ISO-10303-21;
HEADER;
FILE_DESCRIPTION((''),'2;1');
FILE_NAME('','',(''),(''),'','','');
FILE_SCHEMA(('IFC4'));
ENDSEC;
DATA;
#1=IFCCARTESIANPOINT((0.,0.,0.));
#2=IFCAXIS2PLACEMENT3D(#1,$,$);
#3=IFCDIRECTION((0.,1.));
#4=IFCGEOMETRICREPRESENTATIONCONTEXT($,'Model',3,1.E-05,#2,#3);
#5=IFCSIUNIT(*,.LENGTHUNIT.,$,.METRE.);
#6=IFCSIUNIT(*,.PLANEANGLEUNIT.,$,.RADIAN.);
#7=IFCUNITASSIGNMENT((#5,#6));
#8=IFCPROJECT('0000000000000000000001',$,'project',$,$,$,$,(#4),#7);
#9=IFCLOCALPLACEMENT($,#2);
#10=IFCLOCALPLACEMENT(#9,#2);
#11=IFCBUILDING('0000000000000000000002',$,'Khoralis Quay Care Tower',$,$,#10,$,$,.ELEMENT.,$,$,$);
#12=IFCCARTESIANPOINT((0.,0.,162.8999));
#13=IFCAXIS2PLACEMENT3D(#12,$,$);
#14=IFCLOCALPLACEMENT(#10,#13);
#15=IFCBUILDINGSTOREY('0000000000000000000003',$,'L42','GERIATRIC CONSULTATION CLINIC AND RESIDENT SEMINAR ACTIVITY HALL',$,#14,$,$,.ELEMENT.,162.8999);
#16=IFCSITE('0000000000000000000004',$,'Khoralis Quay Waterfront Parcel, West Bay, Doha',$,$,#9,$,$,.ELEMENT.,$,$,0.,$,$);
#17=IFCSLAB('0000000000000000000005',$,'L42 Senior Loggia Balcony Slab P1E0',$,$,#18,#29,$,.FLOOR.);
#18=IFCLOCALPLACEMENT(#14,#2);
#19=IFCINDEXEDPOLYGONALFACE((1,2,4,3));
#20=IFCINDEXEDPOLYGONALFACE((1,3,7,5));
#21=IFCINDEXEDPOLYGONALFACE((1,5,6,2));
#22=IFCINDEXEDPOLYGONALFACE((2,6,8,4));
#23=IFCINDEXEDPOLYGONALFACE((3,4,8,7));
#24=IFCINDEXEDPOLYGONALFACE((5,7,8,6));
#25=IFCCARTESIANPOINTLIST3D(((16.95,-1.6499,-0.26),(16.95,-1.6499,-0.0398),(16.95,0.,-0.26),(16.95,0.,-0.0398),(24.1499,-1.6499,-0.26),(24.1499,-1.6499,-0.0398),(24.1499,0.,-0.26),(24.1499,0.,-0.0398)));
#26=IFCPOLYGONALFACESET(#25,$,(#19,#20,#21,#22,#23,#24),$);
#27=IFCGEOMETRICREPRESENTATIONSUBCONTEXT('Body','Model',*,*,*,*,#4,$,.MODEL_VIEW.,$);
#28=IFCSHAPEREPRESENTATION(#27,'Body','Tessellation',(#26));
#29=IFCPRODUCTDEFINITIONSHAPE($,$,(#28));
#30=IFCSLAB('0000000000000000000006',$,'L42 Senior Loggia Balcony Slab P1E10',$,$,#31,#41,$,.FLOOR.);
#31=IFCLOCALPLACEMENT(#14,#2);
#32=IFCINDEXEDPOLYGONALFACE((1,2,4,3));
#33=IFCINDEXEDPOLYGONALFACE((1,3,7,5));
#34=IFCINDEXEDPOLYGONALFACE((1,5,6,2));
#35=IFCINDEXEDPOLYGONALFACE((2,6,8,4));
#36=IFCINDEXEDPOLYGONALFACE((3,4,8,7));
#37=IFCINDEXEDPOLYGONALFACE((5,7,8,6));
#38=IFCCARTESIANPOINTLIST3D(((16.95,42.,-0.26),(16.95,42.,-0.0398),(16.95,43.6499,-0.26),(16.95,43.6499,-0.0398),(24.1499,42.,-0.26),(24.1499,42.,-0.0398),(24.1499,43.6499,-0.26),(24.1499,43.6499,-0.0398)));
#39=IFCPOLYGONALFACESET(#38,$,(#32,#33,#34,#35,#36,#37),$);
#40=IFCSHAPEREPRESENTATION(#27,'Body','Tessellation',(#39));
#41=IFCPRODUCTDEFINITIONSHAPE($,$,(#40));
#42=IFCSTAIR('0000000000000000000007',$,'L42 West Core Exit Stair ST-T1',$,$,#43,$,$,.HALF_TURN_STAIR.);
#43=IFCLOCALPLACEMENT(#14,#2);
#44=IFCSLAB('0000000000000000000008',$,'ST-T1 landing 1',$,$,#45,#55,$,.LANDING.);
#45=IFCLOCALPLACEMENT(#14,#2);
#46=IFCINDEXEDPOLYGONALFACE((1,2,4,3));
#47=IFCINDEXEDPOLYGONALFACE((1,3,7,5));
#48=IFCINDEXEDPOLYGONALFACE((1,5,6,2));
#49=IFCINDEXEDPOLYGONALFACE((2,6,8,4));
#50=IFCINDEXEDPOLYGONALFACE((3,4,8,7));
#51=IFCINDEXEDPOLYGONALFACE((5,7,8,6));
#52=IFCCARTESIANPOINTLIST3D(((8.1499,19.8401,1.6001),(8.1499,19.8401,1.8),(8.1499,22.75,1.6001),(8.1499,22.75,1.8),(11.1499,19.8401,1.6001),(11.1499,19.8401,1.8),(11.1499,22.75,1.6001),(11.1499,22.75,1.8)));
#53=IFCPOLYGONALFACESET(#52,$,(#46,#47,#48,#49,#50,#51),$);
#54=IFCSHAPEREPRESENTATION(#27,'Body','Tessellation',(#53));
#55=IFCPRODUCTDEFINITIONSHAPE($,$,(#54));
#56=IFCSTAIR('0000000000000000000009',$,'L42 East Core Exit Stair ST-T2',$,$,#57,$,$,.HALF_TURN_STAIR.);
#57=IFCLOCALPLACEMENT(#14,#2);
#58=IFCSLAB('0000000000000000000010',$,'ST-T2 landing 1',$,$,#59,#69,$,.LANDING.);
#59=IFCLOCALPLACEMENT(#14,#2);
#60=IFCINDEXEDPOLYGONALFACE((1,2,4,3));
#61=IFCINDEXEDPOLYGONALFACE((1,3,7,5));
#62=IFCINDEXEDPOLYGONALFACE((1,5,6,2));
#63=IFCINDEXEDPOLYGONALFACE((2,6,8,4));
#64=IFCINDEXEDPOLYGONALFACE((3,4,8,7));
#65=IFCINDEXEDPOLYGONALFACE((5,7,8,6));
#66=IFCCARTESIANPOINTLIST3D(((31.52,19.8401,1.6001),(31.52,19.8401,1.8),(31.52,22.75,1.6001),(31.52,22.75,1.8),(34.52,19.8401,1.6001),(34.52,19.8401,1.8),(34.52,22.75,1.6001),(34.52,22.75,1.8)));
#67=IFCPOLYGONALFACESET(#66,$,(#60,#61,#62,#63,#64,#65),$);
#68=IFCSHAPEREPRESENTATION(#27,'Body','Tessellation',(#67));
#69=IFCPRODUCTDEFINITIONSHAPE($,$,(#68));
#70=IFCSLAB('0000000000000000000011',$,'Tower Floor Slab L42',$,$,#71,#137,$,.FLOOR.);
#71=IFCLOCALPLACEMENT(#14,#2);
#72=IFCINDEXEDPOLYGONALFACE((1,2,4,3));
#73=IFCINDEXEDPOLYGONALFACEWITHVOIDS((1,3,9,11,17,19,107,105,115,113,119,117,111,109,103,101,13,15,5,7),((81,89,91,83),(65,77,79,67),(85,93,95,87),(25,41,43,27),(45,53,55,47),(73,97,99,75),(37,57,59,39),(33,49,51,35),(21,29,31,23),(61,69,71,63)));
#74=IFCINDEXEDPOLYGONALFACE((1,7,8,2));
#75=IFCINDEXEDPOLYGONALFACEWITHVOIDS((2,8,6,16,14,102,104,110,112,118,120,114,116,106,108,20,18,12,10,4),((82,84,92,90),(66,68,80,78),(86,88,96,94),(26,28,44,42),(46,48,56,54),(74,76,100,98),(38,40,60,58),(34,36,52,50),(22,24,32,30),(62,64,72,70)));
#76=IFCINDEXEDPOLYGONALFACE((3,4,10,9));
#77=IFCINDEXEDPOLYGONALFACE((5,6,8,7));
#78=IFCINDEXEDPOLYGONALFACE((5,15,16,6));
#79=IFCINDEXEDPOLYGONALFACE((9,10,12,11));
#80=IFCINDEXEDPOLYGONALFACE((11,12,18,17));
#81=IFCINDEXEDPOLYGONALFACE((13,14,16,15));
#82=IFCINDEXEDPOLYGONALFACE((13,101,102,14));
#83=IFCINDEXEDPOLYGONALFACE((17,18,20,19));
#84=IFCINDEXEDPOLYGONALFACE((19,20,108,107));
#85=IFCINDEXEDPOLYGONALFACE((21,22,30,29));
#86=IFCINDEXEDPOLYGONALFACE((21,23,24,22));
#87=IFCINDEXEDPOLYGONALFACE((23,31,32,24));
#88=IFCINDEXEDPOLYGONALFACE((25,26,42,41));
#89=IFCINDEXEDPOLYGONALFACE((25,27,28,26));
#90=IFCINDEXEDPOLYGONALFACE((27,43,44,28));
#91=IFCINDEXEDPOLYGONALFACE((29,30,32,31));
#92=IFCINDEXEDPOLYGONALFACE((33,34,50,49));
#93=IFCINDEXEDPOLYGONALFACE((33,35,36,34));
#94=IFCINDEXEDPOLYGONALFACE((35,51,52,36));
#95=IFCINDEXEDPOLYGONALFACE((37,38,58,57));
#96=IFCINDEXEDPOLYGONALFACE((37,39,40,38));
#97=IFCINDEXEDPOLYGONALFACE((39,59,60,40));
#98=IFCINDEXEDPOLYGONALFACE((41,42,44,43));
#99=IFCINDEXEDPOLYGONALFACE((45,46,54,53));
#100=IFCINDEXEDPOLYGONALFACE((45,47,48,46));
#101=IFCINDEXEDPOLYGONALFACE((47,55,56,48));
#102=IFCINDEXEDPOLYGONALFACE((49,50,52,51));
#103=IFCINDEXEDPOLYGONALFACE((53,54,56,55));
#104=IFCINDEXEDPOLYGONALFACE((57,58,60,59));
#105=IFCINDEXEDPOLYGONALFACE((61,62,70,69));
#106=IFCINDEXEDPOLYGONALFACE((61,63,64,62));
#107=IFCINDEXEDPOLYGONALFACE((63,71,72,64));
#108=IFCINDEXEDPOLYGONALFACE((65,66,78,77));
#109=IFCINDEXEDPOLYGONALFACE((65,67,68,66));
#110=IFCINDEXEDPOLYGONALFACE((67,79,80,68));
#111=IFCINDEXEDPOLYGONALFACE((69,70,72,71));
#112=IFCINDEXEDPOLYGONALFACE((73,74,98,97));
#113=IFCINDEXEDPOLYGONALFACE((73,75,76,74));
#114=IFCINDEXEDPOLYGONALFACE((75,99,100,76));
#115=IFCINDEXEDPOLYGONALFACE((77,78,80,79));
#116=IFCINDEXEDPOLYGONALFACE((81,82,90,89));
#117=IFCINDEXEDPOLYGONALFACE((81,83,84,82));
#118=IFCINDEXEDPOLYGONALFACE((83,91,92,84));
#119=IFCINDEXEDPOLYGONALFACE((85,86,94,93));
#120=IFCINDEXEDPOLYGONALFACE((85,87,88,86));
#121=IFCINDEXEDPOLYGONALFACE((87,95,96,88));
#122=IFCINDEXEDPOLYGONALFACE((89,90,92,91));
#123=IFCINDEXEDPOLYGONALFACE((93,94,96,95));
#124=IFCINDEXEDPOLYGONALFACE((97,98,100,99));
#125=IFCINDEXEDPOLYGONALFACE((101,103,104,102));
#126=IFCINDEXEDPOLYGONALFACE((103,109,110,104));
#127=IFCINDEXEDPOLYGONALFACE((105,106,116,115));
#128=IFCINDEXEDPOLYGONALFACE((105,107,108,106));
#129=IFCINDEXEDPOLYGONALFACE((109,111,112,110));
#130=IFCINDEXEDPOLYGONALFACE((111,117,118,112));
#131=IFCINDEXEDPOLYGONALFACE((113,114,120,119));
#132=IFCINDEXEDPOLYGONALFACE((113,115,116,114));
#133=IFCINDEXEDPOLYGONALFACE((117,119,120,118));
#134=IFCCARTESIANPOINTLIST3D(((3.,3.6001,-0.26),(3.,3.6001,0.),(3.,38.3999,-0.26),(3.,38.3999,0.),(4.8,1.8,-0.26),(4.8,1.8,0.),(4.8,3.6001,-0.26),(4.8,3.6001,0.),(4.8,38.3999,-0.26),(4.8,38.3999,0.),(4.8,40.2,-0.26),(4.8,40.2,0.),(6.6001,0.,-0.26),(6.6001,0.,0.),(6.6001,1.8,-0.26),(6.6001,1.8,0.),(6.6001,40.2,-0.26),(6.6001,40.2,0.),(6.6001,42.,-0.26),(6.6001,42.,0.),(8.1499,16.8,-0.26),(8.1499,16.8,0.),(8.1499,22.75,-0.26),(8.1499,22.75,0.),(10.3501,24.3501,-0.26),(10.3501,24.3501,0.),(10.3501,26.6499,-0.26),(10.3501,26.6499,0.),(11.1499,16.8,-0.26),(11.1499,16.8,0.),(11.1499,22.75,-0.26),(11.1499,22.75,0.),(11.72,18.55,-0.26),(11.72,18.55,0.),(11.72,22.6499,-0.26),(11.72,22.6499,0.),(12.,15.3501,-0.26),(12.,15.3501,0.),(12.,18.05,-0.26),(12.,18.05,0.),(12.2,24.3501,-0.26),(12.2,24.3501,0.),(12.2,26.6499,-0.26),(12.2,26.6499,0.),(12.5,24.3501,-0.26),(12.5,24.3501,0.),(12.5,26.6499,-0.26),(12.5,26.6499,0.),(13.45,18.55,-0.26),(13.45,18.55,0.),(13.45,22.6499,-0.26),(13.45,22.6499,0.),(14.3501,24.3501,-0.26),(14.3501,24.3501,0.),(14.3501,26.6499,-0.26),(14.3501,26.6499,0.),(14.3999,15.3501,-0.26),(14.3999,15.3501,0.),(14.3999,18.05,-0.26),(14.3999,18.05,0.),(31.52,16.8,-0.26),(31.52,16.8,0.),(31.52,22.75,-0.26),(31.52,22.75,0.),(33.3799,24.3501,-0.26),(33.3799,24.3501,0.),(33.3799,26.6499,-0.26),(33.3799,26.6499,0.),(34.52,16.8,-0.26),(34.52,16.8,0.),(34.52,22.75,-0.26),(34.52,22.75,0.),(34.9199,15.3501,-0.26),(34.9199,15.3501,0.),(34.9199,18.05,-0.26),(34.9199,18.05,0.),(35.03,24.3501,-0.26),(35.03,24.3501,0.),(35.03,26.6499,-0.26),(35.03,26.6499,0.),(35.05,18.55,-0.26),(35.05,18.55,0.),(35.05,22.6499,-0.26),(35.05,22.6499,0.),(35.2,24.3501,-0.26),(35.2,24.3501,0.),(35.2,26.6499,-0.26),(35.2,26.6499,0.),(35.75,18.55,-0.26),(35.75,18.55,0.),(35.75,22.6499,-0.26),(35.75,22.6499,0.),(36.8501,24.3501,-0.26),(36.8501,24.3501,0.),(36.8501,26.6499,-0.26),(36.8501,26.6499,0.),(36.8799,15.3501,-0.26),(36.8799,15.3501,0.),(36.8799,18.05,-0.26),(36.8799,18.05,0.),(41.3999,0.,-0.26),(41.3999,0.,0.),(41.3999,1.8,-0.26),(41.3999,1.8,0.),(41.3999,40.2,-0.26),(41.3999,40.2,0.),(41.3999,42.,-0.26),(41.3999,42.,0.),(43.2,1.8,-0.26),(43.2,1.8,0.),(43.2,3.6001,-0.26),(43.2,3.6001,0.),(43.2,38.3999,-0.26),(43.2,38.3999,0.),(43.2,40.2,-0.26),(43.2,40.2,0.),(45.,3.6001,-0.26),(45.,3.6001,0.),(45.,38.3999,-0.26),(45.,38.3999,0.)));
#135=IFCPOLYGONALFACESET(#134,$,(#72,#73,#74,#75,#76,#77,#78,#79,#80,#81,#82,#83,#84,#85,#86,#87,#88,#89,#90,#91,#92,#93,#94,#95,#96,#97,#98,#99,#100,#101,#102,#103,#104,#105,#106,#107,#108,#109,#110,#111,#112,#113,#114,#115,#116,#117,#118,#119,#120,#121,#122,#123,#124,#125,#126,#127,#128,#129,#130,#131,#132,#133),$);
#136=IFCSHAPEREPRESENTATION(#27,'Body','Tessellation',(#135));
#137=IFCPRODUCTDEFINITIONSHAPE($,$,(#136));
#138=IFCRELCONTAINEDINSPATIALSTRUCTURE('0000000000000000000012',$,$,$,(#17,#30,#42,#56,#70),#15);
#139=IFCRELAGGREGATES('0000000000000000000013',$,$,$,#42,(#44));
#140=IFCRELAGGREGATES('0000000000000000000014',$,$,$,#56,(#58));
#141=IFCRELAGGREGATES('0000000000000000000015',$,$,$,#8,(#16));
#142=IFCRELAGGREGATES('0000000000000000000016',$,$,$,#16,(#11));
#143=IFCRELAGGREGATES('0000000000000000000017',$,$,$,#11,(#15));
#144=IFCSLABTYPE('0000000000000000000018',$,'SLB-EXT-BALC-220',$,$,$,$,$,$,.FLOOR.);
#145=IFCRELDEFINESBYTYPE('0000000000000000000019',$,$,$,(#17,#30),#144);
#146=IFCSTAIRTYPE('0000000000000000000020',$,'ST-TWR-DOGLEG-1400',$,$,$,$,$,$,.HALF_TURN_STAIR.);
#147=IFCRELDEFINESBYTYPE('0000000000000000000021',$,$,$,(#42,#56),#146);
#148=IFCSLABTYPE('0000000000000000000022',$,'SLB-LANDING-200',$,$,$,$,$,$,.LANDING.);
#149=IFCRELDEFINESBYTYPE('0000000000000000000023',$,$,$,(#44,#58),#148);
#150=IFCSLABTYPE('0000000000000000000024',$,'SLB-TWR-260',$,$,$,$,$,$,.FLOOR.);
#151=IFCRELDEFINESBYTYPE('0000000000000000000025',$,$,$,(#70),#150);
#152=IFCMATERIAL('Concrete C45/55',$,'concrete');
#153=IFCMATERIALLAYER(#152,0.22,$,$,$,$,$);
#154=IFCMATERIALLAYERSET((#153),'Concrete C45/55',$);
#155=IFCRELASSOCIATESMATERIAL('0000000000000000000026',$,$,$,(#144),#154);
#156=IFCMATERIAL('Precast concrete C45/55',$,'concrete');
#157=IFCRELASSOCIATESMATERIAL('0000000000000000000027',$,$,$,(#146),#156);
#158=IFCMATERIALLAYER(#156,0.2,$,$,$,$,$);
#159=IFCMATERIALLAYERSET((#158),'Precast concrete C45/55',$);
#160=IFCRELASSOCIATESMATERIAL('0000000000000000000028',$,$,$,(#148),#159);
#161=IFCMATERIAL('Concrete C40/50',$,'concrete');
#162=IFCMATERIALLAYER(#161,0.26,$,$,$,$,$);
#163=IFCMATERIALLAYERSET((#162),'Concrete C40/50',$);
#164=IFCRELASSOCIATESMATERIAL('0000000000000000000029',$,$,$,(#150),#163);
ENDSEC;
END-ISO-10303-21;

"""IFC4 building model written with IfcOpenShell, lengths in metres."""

from ifc_helpers import new_model, si_unit, direction, frame, origin, place, context, subcontext, project, spatial, polyline, outline, extrude, material, layer, layer_set, type_object, element, aggregate, save


model = new_model("IFC4")

# Units and contexts
model_context = context("Model", 3, precision=1e-05, world=origin(), true_north=direction((0.0, 1.0)))
body_context = subcontext(model_context, "Body", "Model", "MODEL_VIEW")
ifc_project = project(units=[si_unit("LENGTHUNIT", "METRE"), si_unit("PLANEANGLEUNIT", "RADIAN")], contexts=[model_context])

# Site, building, storey
site_placement = place(None, origin())
site = spatial("IfcSite", under=ifc_project, at=site_placement, Name="Khoralis Quay Waterfront Parcel, West Bay, Doha", CompositionType="ELEMENT", RefElevation=0.0)
building_placement = place(site_placement, origin())
building = spatial("IfcBuilding", under=site, at=building_placement, Name="Khoralis Quay Care Tower", CompositionType="ELEMENT")
storey_placement = place(building_placement, frame((0.0, 0.0, 162.8999)))
storey = spatial("IfcBuildingStorey", under=building, at=storey_placement, Name="L42", Description="GERIATRIC CONSULTATION CLINIC AND RESIDENT SEMINAR ACTIVITY HALL", CompositionType="ELEMENT", Elevation=162.8999)

# Slabs
ifc_material_1 = material(Name="Concrete C45/55", Category="concrete")
ifc_layer_1 = layer(ifc_material_1, 0.22)
ifc_layer_set_1 = layer_set([ifc_layer_1], Name="Concrete C45/55")
slab_type_1 = type_object("IfcSlabType", Name="SLB-EXT-BALC-220", PredefinedType="FLOOR", material=ifc_layer_set_1)
slab_1_placement = place(storey_placement, frame((0.0, 0.0, -0.26)))
element("IfcSlab", 1, at=slab_1_placement, inside=storey, type_object=slab_type_1, Name="L42 Senior Loggia Balcony Slab P1E0", PredefinedType="FLOOR", context=body_context, shape_type="SweptSolid", body=[
    extrude(outline(polyline([(16.95, -1.6499), (24.1499, -1.6499), (24.1499, 0.0), (16.95, 0.0), (16.95, -1.6499)])), origin(), (0.0, 0.0, 1.0), 0.2202),
])
slab_2_placement = place(storey_placement, frame((0.0, 0.0, -0.26)))
element("IfcSlab", 2, at=slab_2_placement, inside=storey, type_object=slab_type_1, Name="L42 Senior Loggia Balcony Slab P1E10", PredefinedType="FLOOR", context=body_context, shape_type="SweptSolid", body=[
    extrude(outline(polyline([(16.95, 42.0), (24.1499, 42.0), (24.1499, 43.6499), (16.95, 43.6499), (16.95, 42.0)])), origin(), (0.0, 0.0, 1.0), 0.2202),
])

# Stairs, slabs
ifc_material_2 = material(Name="Precast concrete C45/55", Category="concrete")
stair_type = type_object("IfcStairType", Name="ST-TWR-DOGLEG-1400", PredefinedType="HALF_TURN_STAIR", material=ifc_material_2)
stair_1_placement = place(storey_placement, origin())
stair_1 = element("IfcStair", 3, at=stair_1_placement, inside=storey, type_object=stair_type, Name="L42 West Core Exit Stair ST-T1", PredefinedType="HALF_TURN_STAIR")
ifc_layer_2 = layer(ifc_material_2, 0.2)
ifc_layer_set_2 = layer_set([ifc_layer_2], Name="Precast concrete C45/55")
slab_type_2 = type_object("IfcSlabType", Name="SLB-LANDING-200", PredefinedType="LANDING", material=ifc_layer_set_2)
slab_3_placement = place(storey_placement, frame((0.0, 0.0, 1.6001)))
slab_3 = element("IfcSlab", 4, at=slab_3_placement, type_object=slab_type_2, Name="ST-T1 landing 1", PredefinedType="LANDING", context=body_context, shape_type="SweptSolid", body=[
    extrude(outline(polyline([(11.1499, 19.8401), (11.1499, 22.75), (8.1499, 22.75), (8.1499, 19.8401), (11.1499, 19.8401)])), origin(), (0.0, 0.0, 1.0), 0.2),
])
aggregate(stair_1, [slab_3])
stair_2_placement = place(storey_placement, origin())
stair_2 = element("IfcStair", 5, at=stair_2_placement, inside=storey, type_object=stair_type, Name="L42 East Core Exit Stair ST-T2", PredefinedType="HALF_TURN_STAIR")
slab_4_placement = place(storey_placement, frame((0.0, 0.0, 1.6001)))
slab_4 = element("IfcSlab", 6, at=slab_4_placement, type_object=slab_type_2, Name="ST-T2 landing 1", PredefinedType="LANDING", context=body_context, shape_type="SweptSolid", body=[
    extrude(outline(polyline([(34.52, 19.8401), (34.52, 22.75), (31.52, 22.75), (31.52, 19.8401), (34.52, 19.8401)])), origin(), (0.0, 0.0, 1.0), 0.2),
])
aggregate(stair_2, [slab_4])

# Slab
ifc_material_3 = material(Name="Concrete C40/50", Category="concrete")
ifc_layer_3 = layer(ifc_material_3, 0.26)
ifc_layer_set_3 = layer_set([ifc_layer_3], Name="Concrete C40/50")
slab_type_3 = type_object("IfcSlabType", Name="SLB-TWR-260", PredefinedType="FLOOR", material=ifc_layer_set_3)
slab_5_placement = place(storey_placement, frame((0.0, 0.0, -0.26)))
element("IfcSlab", 7, at=slab_5_placement, inside=storey, type_object=slab_type_3, Name="Tower Floor Slab L42", PredefinedType="FLOOR", context=body_context, shape_type="SweptSolid", body=[
    extrude(outline(polyline([(6.6001, 0.0), (41.3999, 0.0), (41.3999, 1.8), (43.2, 1.8), (43.2, 3.6001), (45.0, 3.6001), (45.0, 38.3999), (43.2, 38.3999), (43.2, 40.2), (41.3999, 40.2), (41.3999, 42.0), (6.6001, 42.0), (6.6001, 40.2), (4.8, 40.2), (4.8, 38.3999), (3.0, 38.3999), (3.0, 3.6001), (4.8, 3.6001), (4.8, 1.8), (6.6001, 1.8), (6.6001, 0.0)]), holes=[polyline([(11.1499, 16.8), (11.1499, 22.75), (8.1499, 22.75), (8.1499, 16.8), (11.1499, 16.8)]), polyline([(34.52, 16.8), (34.52, 22.75), (31.52, 22.75), (31.52, 16.8), (34.52, 16.8)]), polyline([(12.0, 15.3501), (14.3999, 15.3501), (14.3999, 18.05), (12.0, 18.05), (12.0, 15.3501)]), polyline([(34.9199, 15.3501), (36.8799, 15.3501), (36.8799, 18.05), (34.9199, 18.05), (34.9199, 15.3501)]), polyline([(10.3501, 24.3501), (12.2, 24.3501), (12.2, 26.6499), (10.3501, 26.6499), (10.3501, 24.3501)]), polyline([(33.3799, 24.3501), (35.03, 24.3501), (35.03, 26.6499), (33.3799, 26.6499), (33.3799, 24.3501)]), polyline([(12.5, 24.3501), (14.3501, 24.3501), (14.3501, 26.6499), (12.5, 26.6499), (12.5, 24.3501)]), polyline([(35.2, 24.3501), (36.8501, 24.3501), (36.8501, 26.6499), (35.2, 26.6499), (35.2, 24.3501)]), polyline([(11.72, 18.55), (13.45, 18.55), (13.45, 22.6499), (11.72, 22.6499), (11.72, 18.55)]), polyline([(35.05, 18.55), (35.75, 18.55), (35.75, 22.6499), (35.05, 22.6499), (35.05, 18.55)])]), origin(), (0.0, 0.0, 1.0), 0.26),
])

save(model, "model.ifc")
